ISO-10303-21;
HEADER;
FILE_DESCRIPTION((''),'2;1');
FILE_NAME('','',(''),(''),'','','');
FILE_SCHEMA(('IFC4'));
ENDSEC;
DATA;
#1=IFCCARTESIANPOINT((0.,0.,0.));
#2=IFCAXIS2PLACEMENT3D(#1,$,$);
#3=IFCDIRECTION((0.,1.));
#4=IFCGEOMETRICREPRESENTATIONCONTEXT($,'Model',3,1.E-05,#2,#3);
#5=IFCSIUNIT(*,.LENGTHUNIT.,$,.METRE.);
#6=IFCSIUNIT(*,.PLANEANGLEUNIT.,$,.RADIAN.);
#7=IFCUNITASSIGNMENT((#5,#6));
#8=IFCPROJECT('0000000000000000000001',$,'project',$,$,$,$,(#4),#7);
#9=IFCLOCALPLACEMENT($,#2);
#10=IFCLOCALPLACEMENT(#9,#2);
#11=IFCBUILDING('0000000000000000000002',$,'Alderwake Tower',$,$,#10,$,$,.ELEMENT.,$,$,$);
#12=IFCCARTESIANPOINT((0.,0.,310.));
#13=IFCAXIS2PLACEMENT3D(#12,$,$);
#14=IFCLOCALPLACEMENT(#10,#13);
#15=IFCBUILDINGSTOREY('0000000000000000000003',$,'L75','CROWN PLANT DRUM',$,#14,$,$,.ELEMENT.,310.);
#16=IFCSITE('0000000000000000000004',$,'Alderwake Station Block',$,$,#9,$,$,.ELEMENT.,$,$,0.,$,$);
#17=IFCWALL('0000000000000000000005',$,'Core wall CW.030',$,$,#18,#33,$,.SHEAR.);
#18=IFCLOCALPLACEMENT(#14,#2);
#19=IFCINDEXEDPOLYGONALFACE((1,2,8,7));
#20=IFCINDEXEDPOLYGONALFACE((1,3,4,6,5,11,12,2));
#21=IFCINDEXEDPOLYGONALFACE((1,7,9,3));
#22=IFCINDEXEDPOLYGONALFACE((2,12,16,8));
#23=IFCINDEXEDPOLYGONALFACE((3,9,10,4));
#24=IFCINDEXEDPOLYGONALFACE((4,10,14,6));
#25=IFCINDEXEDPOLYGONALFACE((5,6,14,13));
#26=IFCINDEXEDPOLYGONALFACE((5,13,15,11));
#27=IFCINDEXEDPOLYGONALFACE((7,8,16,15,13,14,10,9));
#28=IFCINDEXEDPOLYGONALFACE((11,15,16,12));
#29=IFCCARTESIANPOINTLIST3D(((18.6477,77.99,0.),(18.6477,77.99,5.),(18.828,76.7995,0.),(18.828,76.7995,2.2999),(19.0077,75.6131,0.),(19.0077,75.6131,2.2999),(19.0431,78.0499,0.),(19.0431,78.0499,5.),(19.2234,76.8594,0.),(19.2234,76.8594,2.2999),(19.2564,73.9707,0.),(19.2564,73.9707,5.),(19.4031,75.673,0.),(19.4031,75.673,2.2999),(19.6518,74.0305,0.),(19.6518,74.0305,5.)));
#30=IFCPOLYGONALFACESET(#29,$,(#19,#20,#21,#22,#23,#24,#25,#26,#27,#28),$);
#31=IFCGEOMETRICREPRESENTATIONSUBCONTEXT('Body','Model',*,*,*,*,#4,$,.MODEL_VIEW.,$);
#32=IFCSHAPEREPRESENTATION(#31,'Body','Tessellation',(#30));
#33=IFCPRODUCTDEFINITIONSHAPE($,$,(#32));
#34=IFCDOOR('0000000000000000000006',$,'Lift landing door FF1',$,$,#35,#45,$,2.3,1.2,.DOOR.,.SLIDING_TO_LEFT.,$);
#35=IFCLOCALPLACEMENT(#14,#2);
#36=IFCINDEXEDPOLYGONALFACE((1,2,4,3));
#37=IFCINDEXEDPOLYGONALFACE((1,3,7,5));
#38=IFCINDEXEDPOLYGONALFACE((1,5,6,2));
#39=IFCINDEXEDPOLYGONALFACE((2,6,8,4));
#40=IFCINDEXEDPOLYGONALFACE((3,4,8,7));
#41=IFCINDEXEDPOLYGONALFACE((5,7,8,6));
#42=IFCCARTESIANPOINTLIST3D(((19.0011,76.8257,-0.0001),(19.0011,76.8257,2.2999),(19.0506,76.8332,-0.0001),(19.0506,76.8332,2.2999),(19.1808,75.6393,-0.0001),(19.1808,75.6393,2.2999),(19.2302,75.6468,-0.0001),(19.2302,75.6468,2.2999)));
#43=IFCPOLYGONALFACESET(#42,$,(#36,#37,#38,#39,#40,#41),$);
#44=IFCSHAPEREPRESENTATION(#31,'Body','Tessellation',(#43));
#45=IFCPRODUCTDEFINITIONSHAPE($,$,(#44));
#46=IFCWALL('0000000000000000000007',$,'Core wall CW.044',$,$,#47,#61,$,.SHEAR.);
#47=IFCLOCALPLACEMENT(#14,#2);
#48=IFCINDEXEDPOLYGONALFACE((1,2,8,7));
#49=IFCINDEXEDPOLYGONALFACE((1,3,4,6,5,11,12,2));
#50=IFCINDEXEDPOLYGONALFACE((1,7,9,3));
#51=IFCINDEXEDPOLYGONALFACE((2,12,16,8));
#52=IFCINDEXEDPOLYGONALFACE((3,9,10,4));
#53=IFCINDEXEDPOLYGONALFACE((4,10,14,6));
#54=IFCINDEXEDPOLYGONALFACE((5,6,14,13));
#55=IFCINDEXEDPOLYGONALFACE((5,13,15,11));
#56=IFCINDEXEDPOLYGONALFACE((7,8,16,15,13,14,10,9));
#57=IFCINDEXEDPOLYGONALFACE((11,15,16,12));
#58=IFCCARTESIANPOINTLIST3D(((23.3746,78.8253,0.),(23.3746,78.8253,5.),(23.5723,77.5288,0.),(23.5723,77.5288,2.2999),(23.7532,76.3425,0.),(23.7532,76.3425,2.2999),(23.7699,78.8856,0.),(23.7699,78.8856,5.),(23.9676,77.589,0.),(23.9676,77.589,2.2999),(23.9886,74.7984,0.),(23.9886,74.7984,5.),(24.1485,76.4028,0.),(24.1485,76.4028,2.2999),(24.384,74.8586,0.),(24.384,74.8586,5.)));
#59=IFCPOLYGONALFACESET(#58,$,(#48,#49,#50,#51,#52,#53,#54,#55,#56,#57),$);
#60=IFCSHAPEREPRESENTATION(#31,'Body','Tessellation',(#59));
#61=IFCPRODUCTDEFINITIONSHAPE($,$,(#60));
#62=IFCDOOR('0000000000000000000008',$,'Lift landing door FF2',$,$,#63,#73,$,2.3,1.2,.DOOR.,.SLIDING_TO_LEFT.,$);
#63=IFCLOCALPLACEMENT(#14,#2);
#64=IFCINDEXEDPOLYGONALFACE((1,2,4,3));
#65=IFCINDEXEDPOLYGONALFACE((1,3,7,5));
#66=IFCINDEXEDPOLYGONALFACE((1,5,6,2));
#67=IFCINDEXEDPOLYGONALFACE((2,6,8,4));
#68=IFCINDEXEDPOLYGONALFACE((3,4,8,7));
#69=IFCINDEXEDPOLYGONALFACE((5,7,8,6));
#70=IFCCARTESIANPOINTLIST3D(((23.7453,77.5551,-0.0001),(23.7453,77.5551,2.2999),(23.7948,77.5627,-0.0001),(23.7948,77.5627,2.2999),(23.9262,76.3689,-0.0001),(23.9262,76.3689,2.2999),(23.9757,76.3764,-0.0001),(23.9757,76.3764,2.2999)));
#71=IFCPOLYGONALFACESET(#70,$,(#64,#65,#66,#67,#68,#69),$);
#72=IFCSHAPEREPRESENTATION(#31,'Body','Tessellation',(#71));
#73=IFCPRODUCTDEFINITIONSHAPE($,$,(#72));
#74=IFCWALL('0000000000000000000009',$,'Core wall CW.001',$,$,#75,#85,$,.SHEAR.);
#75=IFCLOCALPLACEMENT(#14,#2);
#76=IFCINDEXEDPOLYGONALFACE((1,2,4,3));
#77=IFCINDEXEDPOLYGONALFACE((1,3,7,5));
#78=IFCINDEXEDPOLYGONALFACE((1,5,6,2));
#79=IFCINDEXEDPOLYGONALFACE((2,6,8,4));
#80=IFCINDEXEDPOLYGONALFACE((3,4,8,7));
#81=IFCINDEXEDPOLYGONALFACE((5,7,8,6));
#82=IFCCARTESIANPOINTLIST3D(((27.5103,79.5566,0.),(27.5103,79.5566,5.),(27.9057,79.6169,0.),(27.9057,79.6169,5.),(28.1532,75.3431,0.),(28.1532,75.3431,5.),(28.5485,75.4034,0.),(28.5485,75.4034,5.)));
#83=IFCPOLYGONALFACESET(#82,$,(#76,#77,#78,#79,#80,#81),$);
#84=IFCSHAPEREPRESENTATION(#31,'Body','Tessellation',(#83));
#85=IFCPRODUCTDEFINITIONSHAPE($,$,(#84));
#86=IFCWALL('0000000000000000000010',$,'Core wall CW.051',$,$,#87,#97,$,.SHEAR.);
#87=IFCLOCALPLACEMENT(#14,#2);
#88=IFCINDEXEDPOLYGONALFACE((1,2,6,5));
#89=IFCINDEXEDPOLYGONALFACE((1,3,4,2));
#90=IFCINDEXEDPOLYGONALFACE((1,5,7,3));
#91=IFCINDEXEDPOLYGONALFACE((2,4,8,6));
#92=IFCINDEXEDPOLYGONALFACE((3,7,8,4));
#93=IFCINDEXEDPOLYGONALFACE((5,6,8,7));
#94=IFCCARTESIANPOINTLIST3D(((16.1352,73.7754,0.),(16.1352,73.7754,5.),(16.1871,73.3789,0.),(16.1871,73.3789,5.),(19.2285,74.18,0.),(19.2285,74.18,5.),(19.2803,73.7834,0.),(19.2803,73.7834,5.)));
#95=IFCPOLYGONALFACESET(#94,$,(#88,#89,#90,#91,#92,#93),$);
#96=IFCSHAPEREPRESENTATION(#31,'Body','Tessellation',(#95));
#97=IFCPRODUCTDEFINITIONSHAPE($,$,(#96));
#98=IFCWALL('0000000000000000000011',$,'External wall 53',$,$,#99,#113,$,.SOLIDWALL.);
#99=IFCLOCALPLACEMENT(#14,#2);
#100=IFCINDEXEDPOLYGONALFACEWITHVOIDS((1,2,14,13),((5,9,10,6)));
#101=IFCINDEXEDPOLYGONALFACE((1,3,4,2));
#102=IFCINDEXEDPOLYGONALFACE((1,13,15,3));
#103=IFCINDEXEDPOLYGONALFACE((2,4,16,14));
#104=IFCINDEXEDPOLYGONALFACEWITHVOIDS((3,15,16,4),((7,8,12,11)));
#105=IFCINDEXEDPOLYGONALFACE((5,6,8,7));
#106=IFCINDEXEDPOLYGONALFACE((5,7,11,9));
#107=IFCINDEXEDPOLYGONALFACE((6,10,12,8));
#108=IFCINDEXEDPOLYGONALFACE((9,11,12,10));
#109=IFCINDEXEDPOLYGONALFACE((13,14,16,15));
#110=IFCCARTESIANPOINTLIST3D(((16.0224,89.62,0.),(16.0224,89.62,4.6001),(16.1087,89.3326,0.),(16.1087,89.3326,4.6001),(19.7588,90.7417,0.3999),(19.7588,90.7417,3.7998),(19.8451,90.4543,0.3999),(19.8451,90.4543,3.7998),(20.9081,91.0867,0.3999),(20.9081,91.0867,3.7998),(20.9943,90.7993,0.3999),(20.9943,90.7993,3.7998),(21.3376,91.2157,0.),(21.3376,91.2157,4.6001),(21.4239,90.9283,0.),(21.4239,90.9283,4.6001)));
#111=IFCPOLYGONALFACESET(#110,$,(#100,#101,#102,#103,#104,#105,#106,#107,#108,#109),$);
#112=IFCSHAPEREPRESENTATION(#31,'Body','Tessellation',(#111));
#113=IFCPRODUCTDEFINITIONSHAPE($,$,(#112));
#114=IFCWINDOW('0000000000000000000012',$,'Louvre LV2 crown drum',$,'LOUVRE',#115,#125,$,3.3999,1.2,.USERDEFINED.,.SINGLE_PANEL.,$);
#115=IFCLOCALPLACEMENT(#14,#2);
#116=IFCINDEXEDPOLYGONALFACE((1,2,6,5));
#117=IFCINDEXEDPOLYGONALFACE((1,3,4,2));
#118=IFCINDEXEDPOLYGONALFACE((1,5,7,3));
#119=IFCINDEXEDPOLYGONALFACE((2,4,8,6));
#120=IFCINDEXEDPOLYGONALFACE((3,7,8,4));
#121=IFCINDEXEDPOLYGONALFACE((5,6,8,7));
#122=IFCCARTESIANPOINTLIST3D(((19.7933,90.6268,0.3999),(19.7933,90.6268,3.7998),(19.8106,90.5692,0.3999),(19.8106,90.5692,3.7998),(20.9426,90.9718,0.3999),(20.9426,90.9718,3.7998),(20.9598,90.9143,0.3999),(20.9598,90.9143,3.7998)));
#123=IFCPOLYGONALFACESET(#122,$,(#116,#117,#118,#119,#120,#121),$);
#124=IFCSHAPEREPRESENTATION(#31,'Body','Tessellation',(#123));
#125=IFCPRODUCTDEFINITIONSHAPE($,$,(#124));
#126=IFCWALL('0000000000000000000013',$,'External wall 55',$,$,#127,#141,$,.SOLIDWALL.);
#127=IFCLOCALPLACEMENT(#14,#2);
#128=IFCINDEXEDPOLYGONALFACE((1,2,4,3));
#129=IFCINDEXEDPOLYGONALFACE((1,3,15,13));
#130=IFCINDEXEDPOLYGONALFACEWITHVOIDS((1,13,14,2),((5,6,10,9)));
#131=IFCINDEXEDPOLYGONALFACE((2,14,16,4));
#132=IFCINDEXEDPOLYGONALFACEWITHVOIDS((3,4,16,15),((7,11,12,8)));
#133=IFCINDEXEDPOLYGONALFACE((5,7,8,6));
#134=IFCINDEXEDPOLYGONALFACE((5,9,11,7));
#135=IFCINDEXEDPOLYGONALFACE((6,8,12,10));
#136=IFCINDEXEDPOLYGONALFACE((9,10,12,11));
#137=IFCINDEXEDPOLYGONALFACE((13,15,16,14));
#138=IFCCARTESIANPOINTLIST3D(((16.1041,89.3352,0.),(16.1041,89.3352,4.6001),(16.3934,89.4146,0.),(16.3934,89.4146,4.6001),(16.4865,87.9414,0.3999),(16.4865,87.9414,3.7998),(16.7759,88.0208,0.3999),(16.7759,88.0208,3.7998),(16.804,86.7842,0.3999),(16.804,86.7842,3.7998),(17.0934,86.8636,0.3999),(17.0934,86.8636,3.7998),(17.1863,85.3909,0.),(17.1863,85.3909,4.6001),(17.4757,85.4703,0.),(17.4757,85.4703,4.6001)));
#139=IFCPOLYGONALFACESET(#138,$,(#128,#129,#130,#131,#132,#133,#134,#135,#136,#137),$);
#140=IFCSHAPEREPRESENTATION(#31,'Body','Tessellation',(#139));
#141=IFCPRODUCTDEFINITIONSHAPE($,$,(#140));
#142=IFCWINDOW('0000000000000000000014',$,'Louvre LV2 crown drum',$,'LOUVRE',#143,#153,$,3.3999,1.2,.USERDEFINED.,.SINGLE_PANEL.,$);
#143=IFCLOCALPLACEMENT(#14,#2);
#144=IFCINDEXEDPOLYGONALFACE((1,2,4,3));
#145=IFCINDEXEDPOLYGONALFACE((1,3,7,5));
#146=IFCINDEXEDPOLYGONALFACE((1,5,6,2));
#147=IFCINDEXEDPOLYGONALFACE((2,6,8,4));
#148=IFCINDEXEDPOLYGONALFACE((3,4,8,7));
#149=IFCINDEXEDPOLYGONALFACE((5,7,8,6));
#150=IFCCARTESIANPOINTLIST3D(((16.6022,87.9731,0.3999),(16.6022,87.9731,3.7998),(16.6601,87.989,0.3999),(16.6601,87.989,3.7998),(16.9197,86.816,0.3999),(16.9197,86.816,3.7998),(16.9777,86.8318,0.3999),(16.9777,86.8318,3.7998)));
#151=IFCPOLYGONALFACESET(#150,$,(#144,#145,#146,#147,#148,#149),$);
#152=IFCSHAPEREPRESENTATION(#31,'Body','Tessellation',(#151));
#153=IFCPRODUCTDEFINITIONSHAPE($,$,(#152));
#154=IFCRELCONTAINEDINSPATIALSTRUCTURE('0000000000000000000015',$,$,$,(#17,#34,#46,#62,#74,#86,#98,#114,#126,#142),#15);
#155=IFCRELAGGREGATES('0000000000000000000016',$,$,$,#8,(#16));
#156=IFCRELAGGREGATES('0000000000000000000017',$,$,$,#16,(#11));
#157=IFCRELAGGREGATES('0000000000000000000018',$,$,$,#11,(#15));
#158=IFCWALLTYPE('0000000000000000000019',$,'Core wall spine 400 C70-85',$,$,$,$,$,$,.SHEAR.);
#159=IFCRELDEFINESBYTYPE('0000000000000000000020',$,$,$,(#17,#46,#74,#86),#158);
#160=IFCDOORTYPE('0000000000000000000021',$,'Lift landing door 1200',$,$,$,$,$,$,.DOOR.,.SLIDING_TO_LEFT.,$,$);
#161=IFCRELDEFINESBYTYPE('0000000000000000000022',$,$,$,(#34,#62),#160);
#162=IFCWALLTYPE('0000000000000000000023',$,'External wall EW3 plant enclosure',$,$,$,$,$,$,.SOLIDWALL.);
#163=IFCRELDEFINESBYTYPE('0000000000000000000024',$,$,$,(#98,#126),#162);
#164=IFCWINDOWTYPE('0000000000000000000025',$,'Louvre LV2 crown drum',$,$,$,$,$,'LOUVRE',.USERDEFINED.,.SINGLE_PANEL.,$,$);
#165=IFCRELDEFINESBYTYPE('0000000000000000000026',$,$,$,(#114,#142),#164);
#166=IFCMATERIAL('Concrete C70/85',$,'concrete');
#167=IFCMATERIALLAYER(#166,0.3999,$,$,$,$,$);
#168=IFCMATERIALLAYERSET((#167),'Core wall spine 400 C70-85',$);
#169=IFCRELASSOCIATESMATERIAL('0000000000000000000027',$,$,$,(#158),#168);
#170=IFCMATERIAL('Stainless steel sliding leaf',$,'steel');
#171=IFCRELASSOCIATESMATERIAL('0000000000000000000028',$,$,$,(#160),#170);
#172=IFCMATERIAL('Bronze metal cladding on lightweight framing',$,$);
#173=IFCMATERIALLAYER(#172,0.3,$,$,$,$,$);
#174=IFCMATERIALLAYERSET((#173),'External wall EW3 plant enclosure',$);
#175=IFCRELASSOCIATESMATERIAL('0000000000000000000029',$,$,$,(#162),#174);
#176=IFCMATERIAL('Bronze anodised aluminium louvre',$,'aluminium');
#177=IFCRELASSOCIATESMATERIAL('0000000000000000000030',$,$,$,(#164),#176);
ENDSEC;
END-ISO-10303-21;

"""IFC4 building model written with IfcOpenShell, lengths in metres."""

from ifc_helpers import new_model, si_unit, direction, frame, frame_2d, origin, place, context, subcontext, project, spatial, rectangle, extrude, material, layer, layer_set, type_object, element, fill, save


model = new_model("IFC4")

# Units and contexts
model_context = context("Model", 3, precision=1e-05, world=origin(), true_north=direction((0.0, 1.0)))
body_context = subcontext(model_context, "Body", "Model", "MODEL_VIEW")
ifc_project = project(units=[si_unit("LENGTHUNIT", "METRE"), si_unit("PLANEANGLEUNIT", "RADIAN")], contexts=[model_context])

# Site, building, storey
site_placement = place(None, origin())
site = spatial("IfcSite", under=ifc_project, at=site_placement, Name="Alderwake Station Block", CompositionType="ELEMENT", RefElevation=0.0)
building_placement = place(site_placement, origin())
building = spatial("IfcBuilding", under=site, at=building_placement, Name="Alderwake Tower", CompositionType="ELEMENT")
storey_placement = place(building_placement, frame((0.0, 0.0, 310.0)))
storey = spatial("IfcBuildingStorey", under=building, at=storey_placement, Name="L75", Description="CROWN PLANT DRUM", CompositionType="ELEMENT", Elevation=310.0)

# Shared definitions
ifc_material_1 = material(Name="Concrete C70/85", Category="concrete")
ifc_layer_1 = layer(ifc_material_1, 0.3999)
ifc_layer_set_1 = layer_set([ifc_layer_1], Name="Core wall spine 400 C70-85")
wall_type_1 = type_object("IfcWallType", Name="Core wall spine 400 C70-85", PredefinedType="SHEAR", material=ifc_layer_set_1)

# Walls, openings, doors
wall_1_placement = place(storey_placement, frame((19.4541, 74.0005, 0.0), z_axis=(0.0, 0.0, 1.0), x_axis=(-0.149724, 0.988728, 0.0)))
wall_1 = element("IfcWall", 1, at=wall_1_placement, inside=storey, type_object=wall_type_1, Name="Core wall CW.030", PredefinedType="SHEAR", context=body_context, shape_type="SweptSolid", body=[
    extrude(rectangle(XDim=4.0652, YDim=0.3999, at=frame_2d((2.0327, 0.0))), origin(), (0.0, 0.0, 1.0), 5.0),
])
opening_1_placement = place(wall_1_placement, frame((1.6611, 0.0, 0.0)))
opening_1 = element("IfcOpeningElement", 2, at=opening_1_placement, cuts=wall_1, PredefinedType="OPENING", context=body_context, shape_type="SweptSolid", body=[
    extrude(rectangle(XDim=1.2, YDim=2.3, at=frame_2d((0.6001, 1.1499))), frame((0.0, 0.21, 0.0), z_axis=(0.0, -1.0, 0.0), x_axis=(1.0, 0.0, 0.0)), (0.0, 0.0, 1.0), 0.4199),
])
ifc_material_2 = material(Name="Stainless steel sliding leaf", Category="steel")
door_type_1 = type_object("IfcDoorType", Name="Lift landing door 1200", OperationType="SLIDING_TO_LEFT", PredefinedType="DOOR", material=ifc_material_2)
door_1_placement = place(opening_1_placement, origin())
door_1 = element("IfcDoor", 3, at=door_1_placement, inside=storey, type_object=door_type_1, Name="Lift landing door FF1", OperationType="SLIDING_TO_LEFT", OverallHeight=2.3, OverallWidth=1.2, PredefinedType="DOOR", context=body_context, shape_type="SweptSolid", body=[
    extrude(rectangle(XDim=1.2, YDim=2.3, at=frame_2d((0.6001, 1.1499))), frame((0.0, 0.0249, 0.0), z_axis=(0.0, -1.0, 0.0), x_axis=(1.0, 0.0, 0.0)), (0.0, 0.0, 1.0), 0.05),
])
fill(opening_1, door_1)
wall_2_placement = place(storey_placement, frame((24.1863, 74.8286, 0.0), z_axis=(0.0, 0.0, 1.0), x_axis=(-0.150737, 0.988574, 0.0)))
wall_2 = element("IfcWall", 4, at=wall_2_placement, inside=storey, type_object=wall_type_1, Name="Core wall CW.044", PredefinedType="SHEAR", context=body_context, shape_type="SweptSolid", body=[
    extrude(rectangle(XDim=4.0735, YDim=0.3999, at=frame_2d((2.0366, 0.0))), origin(), (0.0, 0.0, 1.0), 5.0),
])
opening_2_placement = place(wall_2_placement, frame((1.5618, 0.0, 0.0)))
opening_2 = element("IfcOpeningElement", 5, at=opening_2_placement, cuts=wall_2, PredefinedType="OPENING", context=body_context, shape_type="SweptSolid", body=[
    extrude(rectangle(XDim=1.2, YDim=2.3, at=frame_2d((0.6001, 1.1499))), frame((0.0, 0.21, 0.0), z_axis=(0.0, -1.0, 0.0), x_axis=(1.0, 0.0, 0.0)), (0.0, 0.0, 1.0), 0.4199),
])
door_2_placement = place(opening_2_placement, origin())
door_2 = element("IfcDoor", 6, at=door_2_placement, inside=storey, type_object=door_type_1, Name="Lift landing door FF2", OperationType="SLIDING_TO_LEFT", OverallHeight=2.3, OverallWidth=1.2, PredefinedType="DOOR", context=body_context, shape_type="SweptSolid", body=[
    extrude(rectangle(XDim=1.2, YDim=2.3, at=frame_2d((0.6001, 1.1499))), frame((0.0, 0.0249, 0.0), z_axis=(0.0, -1.0, 0.0), x_axis=(1.0, 0.0, 0.0)), (0.0, 0.0, 1.0), 0.05),
])
fill(opening_2, door_2)

# Walls
wall_3_placement = place(storey_placement, frame((28.3508, 75.3733, 0.0), z_axis=(0.0, 0.0, 1.0), x_axis=(-0.150822, 0.988561, 0.0)))
element("IfcWall", 7, at=wall_3_placement, inside=storey, type_object=wall_type_1, Name="Core wall CW.001", PredefinedType="SHEAR", context=body_context, shape_type="SweptSolid", body=[
    extrude(rectangle(XDim=4.2622, YDim=0.3999, at=frame_2d((2.1311, 0.0))), origin(), (0.0, 0.0, 1.0), 5.0),
])
wall_4_placement = place(storey_placement, frame((16.1611, 73.5771, 0.0), z_axis=(0.0, 0.0, 1.0), x_axis=(0.991556, 0.129677, 0.0)))
element("IfcWall", 8, at=wall_4_placement, inside=storey, type_object=wall_type_1, Name="Core wall CW.051", PredefinedType="SHEAR", context=body_context, shape_type="SweptSolid", body=[
    extrude(rectangle(XDim=3.1196, YDim=0.3999, at=frame_2d((1.5598, 0.0))), origin(), (0.0, 0.0, 1.0), 5.0),
])

# Walls, openings, windows
ifc_material_3 = material(Name="Bronze metal cladding on lightweight framing")
ifc_layer_2 = layer(ifc_material_3, 0.3)
ifc_layer_set_2 = layer_set([ifc_layer_2], Name="External wall EW3 plant enclosure")
wall_type_2 = type_object("IfcWallType", Name="External wall EW3 plant enclosure", PredefinedType="SOLIDWALL", material=ifc_layer_set_2)
wall_5_placement = place(storey_placement, frame((21.3809, 91.072, 0.0), z_axis=(0.0, 0.0, 1.0), x_axis=(-0.957769, -0.287538, 0.0)))
wall_5 = element("IfcWall", 9, at=wall_5_placement, inside=storey, type_object=wall_type_2, Name="External wall 53", PredefinedType="SOLIDWALL", context=body_context, shape_type="SweptSolid", body=[
    extrude(rectangle(XDim=5.5496, YDim=0.3, at=frame_2d((2.7749, 0.0))), origin(), (0.0, 0.0, 1.0), 4.6001),
])
opening_3_placement = place(wall_5_placement, frame((0.4485, 0.0, 0.3999)))
opening_3 = element("IfcOpeningElement", 10, at=opening_3_placement, cuts=wall_5, PredefinedType="OPENING", context=body_context, shape_type="SweptSolid", body=[
    extrude(rectangle(XDim=1.2, YDim=3.3999, at=frame_2d((0.6001, 1.7))), frame((0.0, 0.1599, 0.0), z_axis=(0.0, -1.0, 0.0), x_axis=(1.0, 0.0, 0.0)), (0.0, 0.0, 1.0), 0.3201),
])
ifc_material_4 = material(Name="Bronze anodised aluminium louvre", Category="aluminium")
window_type = type_object("IfcWindowType", Name="Louvre LV2 crown drum", ElementType="LOUVRE", PartitioningType="SINGLE_PANEL", PredefinedType="USERDEFINED", material=ifc_material_4)
window_1_placement = place(opening_3_placement, origin())
window_1 = element("IfcWindow", 11, at=window_1_placement, inside=storey, type_object=window_type, Name="Louvre LV2 crown drum", ObjectType="LOUVRE", OverallHeight=3.3999, OverallWidth=1.2, PartitioningType="SINGLE_PANEL", PredefinedType="USERDEFINED", context=body_context, shape_type="SweptSolid", body=[
    extrude(rectangle(XDim=1.2, YDim=3.3999, at=frame_2d((0.6001, 1.7))), frame((0.0, 0.03, 0.0), z_axis=(0.0, -1.0, 0.0), x_axis=(1.0, 0.0, 0.0)), (0.0, 0.0, 1.0), 0.0601),
])
fill(opening_3, window_1)
wall_6_placement = place(storey_placement, frame((16.2488, 89.3748, 0.0), z_axis=(0.0, 0.0, 1.0), x_axis=(0.264607, -0.964356, 0.0)))
wall_6 = element("IfcWall", 12, at=wall_6_placement, inside=storey, type_object=wall_type_2, Name="External wall 55", PredefinedType="SOLIDWALL", context=body_context, shape_type="SweptSolid", body=[
    extrude(rectangle(XDim=4.0901, YDim=0.3, at=frame_2d((2.0449, 0.0))), origin(), (0.0, 0.0, 1.0), 4.6001),
])
opening_4_placement = place(wall_6_placement, frame((1.4451, 0.0, 0.3999)))
opening_4 = element("IfcOpeningElement", 13, at=opening_4_placement, cuts=wall_6, PredefinedType="OPENING", context=body_context, shape_type="SweptSolid", body=[
    extrude(rectangle(XDim=1.2, YDim=3.3999, at=frame_2d((0.6001, 1.7))), frame((0.0, 0.1599, 0.0), z_axis=(0.0, -1.0, 0.0), x_axis=(1.0, 0.0, 0.0)), (0.0, 0.0, 1.0), 0.3201),
])
window_2_placement = place(opening_4_placement, origin())
window_2 = element("IfcWindow", 14, at=window_2_placement, inside=storey, type_object=window_type, Name="Louvre LV2 crown drum", ObjectType="LOUVRE", OverallHeight=3.3999, OverallWidth=1.2, PartitioningType="SINGLE_PANEL", PredefinedType="USERDEFINED", context=body_context, shape_type="SweptSolid", body=[
    extrude(rectangle(XDim=1.2, YDim=3.3999, at=frame_2d((0.6001, 1.7))), frame((0.0, 0.03, 0.0), z_axis=(0.0, -1.0, 0.0), x_axis=(1.0, 0.0, 0.0)), (0.0, 0.0, 1.0), 0.0601),
])
fill(opening_4, window_2)

save(model, "model.ifc")
